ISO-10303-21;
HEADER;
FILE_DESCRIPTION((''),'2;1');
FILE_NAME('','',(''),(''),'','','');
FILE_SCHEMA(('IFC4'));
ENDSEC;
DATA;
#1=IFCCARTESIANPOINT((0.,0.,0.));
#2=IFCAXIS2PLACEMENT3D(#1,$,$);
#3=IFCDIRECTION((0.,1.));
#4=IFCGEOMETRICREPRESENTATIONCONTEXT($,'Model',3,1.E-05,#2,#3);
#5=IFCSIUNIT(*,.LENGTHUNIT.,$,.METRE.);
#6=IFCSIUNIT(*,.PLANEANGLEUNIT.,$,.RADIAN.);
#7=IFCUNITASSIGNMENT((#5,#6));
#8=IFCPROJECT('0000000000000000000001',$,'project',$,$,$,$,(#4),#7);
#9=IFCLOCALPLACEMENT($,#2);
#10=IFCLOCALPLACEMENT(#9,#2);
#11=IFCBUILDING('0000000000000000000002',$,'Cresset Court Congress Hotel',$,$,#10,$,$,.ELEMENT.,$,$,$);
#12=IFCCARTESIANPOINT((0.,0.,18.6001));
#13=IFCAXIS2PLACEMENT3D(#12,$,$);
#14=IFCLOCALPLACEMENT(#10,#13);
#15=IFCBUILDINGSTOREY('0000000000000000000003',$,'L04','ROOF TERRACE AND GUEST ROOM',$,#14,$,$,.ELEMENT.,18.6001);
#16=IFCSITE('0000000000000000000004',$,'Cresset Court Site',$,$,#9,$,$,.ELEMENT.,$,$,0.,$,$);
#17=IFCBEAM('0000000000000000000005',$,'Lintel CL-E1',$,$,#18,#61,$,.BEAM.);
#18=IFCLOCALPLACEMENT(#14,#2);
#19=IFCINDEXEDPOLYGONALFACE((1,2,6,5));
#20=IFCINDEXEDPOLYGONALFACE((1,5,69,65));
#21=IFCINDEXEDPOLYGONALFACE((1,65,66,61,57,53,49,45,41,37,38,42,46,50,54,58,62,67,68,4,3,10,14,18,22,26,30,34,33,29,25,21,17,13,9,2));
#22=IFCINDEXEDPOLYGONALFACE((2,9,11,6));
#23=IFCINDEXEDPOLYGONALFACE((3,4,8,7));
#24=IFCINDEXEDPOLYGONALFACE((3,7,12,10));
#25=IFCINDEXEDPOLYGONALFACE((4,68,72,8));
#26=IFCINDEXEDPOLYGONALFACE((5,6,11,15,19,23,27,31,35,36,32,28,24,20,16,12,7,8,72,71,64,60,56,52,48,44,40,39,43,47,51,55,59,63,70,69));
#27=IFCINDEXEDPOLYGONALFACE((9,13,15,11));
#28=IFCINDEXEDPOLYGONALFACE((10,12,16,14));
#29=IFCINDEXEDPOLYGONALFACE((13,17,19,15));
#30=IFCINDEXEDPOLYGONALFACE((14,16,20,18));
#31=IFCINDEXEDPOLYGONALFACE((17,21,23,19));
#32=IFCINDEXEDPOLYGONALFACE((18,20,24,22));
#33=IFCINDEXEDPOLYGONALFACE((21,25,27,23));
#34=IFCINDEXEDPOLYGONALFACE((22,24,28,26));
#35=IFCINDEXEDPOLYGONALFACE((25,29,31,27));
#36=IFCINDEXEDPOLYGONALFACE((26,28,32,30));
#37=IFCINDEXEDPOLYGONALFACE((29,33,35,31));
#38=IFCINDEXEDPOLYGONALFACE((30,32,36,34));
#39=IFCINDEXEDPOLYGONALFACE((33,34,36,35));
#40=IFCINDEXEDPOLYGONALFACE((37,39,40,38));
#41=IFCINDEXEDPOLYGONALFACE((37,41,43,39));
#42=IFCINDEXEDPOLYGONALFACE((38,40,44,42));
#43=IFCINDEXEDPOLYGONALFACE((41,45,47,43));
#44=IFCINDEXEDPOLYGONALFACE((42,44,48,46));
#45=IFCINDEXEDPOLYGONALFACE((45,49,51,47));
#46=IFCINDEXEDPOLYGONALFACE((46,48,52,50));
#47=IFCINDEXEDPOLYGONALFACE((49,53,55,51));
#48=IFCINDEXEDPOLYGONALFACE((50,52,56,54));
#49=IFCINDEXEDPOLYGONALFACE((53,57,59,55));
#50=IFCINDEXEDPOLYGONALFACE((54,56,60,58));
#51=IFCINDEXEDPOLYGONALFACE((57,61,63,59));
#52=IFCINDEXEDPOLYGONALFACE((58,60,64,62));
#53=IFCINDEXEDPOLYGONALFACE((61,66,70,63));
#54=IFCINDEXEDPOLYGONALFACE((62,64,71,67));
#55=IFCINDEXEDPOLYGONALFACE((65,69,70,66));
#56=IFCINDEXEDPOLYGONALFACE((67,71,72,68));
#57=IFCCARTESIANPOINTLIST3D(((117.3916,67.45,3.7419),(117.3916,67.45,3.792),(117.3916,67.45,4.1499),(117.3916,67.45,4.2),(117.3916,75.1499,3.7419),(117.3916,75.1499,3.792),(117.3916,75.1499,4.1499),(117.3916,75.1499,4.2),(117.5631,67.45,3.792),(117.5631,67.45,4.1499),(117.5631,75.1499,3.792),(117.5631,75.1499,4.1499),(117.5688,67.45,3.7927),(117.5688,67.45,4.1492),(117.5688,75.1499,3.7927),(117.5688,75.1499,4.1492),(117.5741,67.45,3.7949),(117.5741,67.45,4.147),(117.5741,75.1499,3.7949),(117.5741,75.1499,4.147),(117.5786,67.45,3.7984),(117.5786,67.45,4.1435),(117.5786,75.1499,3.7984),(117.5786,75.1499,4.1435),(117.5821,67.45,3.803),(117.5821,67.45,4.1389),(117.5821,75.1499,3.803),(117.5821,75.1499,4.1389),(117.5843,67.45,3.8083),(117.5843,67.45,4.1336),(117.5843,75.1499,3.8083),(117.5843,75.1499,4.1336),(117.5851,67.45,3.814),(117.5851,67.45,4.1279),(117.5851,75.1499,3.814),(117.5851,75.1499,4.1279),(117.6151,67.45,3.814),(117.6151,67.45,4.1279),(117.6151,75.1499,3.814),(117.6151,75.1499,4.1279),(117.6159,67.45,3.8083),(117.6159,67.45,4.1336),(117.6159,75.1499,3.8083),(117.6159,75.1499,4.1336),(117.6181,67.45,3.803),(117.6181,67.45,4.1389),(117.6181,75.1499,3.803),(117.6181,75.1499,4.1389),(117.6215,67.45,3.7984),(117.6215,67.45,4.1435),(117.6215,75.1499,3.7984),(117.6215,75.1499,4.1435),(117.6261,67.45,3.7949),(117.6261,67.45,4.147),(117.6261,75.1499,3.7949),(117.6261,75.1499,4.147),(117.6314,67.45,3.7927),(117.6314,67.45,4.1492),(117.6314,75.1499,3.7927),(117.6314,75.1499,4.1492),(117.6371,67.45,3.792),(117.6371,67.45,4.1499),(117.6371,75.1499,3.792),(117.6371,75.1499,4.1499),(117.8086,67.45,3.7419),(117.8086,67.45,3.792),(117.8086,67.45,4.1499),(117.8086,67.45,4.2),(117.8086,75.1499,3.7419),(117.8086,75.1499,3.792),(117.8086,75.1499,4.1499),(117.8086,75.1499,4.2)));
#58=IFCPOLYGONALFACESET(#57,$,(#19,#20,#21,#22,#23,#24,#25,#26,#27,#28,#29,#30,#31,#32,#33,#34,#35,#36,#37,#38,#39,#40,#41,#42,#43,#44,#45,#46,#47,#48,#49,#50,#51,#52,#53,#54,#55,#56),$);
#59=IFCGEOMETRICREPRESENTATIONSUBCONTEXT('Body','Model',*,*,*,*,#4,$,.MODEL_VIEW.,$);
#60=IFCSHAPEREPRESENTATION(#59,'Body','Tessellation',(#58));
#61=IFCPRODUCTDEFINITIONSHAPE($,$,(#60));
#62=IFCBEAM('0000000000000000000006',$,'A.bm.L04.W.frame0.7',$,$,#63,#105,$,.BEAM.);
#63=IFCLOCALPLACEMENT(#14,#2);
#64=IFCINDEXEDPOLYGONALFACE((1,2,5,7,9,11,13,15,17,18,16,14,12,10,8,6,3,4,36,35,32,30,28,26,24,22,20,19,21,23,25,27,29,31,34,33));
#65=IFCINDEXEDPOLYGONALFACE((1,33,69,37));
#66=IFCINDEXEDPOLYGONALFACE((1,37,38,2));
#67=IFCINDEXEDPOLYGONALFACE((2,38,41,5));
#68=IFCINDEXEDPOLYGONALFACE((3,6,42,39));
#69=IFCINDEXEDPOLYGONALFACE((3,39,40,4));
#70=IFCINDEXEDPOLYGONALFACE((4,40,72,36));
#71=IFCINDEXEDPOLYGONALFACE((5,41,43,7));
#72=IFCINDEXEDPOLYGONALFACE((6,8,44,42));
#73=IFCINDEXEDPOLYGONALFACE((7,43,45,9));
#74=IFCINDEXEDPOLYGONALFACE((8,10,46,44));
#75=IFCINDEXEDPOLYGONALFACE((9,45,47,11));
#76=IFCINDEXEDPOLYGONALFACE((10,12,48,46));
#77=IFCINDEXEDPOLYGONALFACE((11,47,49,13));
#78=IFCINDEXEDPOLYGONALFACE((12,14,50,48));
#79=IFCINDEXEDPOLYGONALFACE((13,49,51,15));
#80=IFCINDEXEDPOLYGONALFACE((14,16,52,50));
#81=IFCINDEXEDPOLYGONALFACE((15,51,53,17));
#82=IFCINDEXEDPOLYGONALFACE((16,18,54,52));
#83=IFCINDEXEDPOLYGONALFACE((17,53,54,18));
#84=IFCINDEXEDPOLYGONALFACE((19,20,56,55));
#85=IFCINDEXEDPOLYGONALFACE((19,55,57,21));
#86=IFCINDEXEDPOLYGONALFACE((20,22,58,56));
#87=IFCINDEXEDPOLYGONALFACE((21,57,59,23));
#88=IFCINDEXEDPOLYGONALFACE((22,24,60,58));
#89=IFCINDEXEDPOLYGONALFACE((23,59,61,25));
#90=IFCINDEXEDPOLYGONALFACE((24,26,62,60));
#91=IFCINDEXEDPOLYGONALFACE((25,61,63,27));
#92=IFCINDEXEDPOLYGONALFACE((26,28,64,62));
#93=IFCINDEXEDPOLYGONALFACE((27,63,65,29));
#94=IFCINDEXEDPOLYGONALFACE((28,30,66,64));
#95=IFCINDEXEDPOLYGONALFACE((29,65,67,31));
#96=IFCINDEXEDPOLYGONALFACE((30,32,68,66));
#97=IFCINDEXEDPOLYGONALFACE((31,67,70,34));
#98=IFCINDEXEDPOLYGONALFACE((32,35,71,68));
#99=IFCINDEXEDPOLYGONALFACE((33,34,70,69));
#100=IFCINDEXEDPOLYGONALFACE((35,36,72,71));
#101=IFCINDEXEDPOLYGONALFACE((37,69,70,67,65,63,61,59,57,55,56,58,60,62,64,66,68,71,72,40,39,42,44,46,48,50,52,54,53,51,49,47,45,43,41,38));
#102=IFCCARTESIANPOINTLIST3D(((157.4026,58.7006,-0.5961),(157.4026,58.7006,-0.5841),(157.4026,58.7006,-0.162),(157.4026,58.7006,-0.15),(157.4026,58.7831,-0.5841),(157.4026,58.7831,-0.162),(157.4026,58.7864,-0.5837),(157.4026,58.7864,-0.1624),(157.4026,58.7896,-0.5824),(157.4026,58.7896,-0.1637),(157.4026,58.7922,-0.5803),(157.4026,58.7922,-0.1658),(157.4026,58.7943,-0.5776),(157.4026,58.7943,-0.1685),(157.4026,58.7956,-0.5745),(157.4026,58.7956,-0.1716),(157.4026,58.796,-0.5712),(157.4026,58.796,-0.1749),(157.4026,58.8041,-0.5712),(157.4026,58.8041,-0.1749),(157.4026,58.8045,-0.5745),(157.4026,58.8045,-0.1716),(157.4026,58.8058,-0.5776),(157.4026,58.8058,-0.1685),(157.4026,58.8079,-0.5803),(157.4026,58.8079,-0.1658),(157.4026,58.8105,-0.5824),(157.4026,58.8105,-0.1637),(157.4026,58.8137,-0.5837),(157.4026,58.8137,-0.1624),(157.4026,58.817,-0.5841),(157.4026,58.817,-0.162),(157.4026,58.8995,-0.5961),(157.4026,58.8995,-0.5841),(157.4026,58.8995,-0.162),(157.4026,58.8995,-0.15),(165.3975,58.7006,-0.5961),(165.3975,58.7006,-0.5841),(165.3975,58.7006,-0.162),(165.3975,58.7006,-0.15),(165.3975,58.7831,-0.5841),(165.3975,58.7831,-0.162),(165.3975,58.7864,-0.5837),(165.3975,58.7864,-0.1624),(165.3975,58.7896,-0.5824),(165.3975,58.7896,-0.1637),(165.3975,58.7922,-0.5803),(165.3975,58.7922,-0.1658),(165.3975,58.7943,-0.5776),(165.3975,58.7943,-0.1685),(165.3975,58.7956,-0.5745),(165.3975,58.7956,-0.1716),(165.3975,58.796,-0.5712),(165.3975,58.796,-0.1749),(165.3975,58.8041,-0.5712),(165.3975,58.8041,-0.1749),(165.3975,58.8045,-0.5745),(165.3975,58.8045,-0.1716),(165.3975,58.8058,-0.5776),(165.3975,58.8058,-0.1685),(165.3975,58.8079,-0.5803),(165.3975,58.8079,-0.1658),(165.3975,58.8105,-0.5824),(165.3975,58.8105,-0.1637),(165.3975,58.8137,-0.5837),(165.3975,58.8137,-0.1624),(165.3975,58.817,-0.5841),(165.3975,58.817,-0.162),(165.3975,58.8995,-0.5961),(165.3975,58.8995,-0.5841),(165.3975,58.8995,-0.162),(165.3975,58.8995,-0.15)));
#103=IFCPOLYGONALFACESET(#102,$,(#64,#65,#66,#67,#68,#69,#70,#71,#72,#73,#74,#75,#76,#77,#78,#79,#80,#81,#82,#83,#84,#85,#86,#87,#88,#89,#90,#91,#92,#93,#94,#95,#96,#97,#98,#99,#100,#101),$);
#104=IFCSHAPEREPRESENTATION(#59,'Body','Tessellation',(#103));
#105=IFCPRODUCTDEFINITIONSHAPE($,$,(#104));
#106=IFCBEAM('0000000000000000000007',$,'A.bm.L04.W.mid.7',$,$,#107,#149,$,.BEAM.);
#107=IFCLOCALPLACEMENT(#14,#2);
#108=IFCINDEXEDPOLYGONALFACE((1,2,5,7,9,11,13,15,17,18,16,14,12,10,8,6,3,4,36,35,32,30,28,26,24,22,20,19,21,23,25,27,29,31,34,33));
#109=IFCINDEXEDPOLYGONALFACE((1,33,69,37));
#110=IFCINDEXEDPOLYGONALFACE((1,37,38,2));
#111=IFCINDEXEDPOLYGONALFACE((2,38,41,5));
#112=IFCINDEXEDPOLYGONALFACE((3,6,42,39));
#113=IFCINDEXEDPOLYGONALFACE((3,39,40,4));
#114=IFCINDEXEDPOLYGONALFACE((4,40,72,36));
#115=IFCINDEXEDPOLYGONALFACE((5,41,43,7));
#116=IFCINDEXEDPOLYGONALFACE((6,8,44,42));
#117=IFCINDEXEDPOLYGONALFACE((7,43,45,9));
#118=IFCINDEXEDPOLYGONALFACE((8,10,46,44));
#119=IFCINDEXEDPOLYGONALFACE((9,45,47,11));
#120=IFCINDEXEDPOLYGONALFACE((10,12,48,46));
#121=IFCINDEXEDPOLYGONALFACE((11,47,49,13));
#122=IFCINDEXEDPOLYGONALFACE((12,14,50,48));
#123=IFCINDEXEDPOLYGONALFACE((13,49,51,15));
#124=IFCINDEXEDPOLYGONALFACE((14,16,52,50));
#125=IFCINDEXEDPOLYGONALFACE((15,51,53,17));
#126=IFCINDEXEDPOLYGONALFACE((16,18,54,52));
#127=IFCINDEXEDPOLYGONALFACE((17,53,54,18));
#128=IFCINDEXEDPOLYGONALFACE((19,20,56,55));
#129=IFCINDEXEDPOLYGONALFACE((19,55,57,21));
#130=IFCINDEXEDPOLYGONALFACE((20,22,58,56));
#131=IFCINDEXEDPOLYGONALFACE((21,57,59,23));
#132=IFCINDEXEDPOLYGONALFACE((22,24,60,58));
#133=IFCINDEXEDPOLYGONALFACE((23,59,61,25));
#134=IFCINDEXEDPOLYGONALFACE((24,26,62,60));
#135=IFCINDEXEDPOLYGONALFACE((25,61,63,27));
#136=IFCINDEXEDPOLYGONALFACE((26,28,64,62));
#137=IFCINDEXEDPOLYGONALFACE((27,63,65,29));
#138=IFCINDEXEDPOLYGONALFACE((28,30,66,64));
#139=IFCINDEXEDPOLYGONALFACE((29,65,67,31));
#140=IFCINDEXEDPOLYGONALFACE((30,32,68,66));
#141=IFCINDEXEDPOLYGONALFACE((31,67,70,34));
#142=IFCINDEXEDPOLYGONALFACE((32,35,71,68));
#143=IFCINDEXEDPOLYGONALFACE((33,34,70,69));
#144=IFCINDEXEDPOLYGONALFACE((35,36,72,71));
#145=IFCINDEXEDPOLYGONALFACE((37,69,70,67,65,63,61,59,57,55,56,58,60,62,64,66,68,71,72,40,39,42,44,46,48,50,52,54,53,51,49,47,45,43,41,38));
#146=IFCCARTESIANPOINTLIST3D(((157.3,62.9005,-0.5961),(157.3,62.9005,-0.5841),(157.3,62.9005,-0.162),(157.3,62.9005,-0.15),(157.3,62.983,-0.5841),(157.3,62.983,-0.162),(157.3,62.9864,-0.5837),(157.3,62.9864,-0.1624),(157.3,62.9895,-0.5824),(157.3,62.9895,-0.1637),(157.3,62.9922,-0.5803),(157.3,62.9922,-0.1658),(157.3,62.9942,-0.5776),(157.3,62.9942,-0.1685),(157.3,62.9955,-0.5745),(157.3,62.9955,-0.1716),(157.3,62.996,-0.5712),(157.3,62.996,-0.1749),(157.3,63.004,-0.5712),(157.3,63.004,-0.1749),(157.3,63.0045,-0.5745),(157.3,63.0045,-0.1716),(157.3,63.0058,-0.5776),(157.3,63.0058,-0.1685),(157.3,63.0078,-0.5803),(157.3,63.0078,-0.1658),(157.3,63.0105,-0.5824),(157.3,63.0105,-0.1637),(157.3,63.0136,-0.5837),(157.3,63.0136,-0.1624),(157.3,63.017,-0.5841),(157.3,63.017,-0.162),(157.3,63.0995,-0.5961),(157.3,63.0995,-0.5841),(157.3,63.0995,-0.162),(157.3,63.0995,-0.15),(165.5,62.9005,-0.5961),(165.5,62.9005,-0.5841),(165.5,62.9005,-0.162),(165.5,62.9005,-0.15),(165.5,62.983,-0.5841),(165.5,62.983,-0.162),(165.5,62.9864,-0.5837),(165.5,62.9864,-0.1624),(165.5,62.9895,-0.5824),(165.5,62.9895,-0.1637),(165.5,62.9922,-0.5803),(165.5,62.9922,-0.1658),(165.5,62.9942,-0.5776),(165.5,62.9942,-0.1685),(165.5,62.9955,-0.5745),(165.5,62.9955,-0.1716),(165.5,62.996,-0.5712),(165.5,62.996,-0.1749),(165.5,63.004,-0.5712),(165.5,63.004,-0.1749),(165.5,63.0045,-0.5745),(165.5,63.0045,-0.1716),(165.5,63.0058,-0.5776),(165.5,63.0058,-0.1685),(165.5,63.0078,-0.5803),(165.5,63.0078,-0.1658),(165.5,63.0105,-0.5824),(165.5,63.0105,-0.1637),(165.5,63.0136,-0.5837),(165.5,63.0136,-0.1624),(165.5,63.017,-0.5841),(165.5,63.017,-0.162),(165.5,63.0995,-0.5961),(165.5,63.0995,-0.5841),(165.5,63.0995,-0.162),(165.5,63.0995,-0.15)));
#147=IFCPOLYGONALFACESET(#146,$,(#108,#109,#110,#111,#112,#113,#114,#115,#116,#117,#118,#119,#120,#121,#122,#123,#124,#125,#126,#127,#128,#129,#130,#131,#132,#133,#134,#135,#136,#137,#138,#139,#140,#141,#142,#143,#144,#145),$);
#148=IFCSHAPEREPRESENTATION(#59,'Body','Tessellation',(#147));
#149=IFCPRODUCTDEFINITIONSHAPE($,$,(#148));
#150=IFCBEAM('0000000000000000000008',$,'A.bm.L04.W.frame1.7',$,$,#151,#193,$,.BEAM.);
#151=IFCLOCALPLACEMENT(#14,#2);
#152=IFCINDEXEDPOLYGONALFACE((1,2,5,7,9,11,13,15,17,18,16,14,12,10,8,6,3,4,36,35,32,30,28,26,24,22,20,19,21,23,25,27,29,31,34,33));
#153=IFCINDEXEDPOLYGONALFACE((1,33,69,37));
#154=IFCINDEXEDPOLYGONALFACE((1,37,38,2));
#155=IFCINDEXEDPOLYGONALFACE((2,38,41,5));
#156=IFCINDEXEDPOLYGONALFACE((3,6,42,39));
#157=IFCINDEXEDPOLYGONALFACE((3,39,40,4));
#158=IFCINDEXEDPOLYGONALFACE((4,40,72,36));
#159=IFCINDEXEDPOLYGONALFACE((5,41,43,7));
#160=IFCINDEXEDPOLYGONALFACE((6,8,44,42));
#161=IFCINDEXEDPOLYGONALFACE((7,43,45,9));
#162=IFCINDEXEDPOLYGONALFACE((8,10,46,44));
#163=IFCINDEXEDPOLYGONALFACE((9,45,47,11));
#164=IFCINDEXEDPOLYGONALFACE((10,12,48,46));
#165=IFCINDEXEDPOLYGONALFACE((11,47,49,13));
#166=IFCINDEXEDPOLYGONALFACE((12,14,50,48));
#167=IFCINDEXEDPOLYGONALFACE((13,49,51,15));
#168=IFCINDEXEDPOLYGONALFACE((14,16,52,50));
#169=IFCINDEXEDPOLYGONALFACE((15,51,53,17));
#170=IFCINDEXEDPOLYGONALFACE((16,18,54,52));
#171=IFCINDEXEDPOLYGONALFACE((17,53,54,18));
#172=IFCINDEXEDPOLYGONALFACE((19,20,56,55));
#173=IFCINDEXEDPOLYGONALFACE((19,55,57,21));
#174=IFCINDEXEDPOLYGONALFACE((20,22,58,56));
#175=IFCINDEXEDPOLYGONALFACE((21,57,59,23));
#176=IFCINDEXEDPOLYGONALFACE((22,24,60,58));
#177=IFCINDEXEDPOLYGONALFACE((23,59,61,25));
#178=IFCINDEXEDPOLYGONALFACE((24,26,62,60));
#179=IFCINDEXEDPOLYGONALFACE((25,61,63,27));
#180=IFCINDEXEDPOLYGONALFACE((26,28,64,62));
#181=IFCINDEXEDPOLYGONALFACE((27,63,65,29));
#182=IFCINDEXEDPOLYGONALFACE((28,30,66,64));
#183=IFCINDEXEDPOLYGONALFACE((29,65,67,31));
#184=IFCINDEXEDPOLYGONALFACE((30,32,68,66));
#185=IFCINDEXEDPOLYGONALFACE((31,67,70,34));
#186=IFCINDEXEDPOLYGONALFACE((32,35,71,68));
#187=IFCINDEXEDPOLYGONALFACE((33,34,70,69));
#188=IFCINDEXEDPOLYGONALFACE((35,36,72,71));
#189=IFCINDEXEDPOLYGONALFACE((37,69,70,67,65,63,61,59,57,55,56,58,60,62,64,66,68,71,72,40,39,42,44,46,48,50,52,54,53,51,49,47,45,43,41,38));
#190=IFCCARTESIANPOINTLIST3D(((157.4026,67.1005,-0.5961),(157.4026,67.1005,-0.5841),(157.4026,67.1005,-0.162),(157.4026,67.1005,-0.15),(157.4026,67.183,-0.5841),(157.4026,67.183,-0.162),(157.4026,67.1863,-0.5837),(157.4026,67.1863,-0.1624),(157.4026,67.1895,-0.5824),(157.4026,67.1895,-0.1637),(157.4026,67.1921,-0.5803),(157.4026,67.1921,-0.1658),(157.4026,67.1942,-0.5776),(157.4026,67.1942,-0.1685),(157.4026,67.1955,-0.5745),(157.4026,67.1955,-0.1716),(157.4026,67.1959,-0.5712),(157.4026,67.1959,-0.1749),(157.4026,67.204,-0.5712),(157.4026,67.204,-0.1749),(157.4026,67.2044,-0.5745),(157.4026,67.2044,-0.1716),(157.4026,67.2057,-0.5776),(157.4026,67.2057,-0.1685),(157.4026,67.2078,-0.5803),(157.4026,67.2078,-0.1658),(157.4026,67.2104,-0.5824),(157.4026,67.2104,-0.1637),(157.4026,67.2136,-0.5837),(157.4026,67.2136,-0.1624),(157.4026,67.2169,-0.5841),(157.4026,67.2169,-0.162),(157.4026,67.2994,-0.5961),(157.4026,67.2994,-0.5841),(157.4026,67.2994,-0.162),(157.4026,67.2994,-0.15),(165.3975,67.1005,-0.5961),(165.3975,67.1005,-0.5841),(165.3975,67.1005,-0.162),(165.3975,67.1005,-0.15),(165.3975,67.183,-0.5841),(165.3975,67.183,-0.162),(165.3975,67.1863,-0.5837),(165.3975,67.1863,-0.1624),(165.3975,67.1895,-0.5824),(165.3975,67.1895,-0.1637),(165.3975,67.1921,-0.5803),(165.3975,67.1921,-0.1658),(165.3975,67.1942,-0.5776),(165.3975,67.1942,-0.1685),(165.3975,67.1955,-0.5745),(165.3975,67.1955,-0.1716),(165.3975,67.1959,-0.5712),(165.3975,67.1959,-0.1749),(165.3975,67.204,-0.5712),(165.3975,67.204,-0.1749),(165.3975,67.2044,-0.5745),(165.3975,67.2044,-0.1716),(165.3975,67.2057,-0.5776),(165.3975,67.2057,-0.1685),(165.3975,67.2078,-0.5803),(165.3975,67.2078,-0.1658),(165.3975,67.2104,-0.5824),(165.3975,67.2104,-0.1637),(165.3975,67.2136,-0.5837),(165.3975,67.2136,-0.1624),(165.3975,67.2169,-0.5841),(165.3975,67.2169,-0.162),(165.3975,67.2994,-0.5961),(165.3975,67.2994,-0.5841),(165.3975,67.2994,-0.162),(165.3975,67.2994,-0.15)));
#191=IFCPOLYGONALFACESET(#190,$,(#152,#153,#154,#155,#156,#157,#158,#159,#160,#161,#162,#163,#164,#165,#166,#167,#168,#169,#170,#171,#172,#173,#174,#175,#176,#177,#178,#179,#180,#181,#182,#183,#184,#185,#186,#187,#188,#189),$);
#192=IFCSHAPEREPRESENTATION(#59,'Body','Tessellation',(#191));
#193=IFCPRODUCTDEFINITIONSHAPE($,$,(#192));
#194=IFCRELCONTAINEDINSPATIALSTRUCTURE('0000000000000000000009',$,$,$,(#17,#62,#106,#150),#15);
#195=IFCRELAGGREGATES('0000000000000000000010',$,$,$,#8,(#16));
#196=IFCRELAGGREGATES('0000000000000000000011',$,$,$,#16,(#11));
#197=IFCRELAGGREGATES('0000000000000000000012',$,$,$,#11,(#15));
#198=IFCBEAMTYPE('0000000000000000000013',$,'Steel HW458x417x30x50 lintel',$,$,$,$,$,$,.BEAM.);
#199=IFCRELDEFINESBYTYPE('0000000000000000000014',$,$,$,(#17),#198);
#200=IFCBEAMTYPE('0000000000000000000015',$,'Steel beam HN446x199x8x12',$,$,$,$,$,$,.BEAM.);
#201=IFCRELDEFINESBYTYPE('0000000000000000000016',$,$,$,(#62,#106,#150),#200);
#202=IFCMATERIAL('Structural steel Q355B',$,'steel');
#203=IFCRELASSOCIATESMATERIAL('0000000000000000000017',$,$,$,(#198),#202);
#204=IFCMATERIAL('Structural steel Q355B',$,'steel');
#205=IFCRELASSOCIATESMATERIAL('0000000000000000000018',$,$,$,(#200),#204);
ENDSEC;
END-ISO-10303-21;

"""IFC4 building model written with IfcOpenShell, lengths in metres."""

from ifc_helpers import new_model, si_unit, direction, frame, origin, origin_2d, place, context, subcontext, project, spatial, i_section, extrude, material, material_profile, profile_set, type_object, element, save


model = new_model("IFC4")

# Units and contexts
model_context = context("Model", 3, precision=1e-05, world=origin(), true_north=direction((0.0, 1.0)))
body_context = subcontext(model_context, "Body", "Model", "MODEL_VIEW")
ifc_project = project(units=[si_unit("LENGTHUNIT", "METRE"), si_unit("PLANEANGLEUNIT", "RADIAN")], contexts=[model_context])

# Site, building, storey
site_placement = place(None, origin())
site = spatial("IfcSite", under=ifc_project, at=site_placement, Name="Cresset Court Site", CompositionType="ELEMENT", RefElevation=0.0)
building_placement = place(site_placement, origin())
building = spatial("IfcBuilding", under=site, at=building_placement, Name="Cresset Court Congress Hotel", CompositionType="ELEMENT")
storey_placement = place(building_placement, frame((0.0, 0.0, 18.6001)))
storey = spatial("IfcBuildingStorey", under=building, at=storey_placement, Name="L04", Description="ROOF TERRACE AND GUEST ROOM", CompositionType="ELEMENT", Elevation=18.6001)

# Beams
ifc_material_1 = material(Name="Structural steel Q355B", Category="steel")
ifc_material_profile_1 = material_profile(ifc_material_1, i_section(OverallWidth=0.417, OverallDepth=0.458, WebThickness=0.03, FlangeThickness=0.05, FilletRadius=0.022, at=origin_2d()), Name="HW458x417x30x50")
ifc_profile_set_1 = profile_set([ifc_material_profile_1], Name="Structural steel Q355B")
beam_type_1 = type_object("IfcBeamType", Name="Steel HW458x417x30x50 lintel", PredefinedType="BEAM", material=ifc_profile_set_1)
beam_1_placement = place(storey_placement, frame((117.6001, 67.45, 3.9709), z_axis=(0.0, 1.0, 0.0), x_axis=(-1.0, 0.0, 0.0)))
element("IfcBeam", 1, at=beam_1_placement, inside=storey, type_object=beam_type_1, Name="Lintel CL-E1", PredefinedType="BEAM", context=body_context, shape_type="SweptSolid", body=[
    extrude(i_section(OverallWidth=0.417, OverallDepth=0.458, WebThickness=0.03, FlangeThickness=0.05, FilletRadius=0.022, at=origin_2d()), origin(), (0.0, 0.0, 1.0), 7.7),
])
ifc_material_2 = material(Name="Structural steel Q355B", Category="steel")
ifc_material_profile_2 = material_profile(ifc_material_2, i_section(OverallWidth=0.199, OverallDepth=0.446, WebThickness=0.0081, FlangeThickness=0.012, FilletRadius=0.0129, at=origin_2d()), Name="HN446x199x8x12")
ifc_profile_set_2 = profile_set([ifc_material_profile_2], Name="Structural steel Q355B")
beam_type_2 = type_object("IfcBeamType", Name="Steel beam HN446x199x8x12", PredefinedType="BEAM", material=ifc_profile_set_2)
beam_2_placement = place(storey_placement, frame((157.4026, 58.8, -0.373), z_axis=(1.0, 0.0, 0.0), x_axis=(0.0, 1.0, 0.0)))
element("IfcBeam", 2, at=beam_2_placement, inside=storey, type_object=beam_type_2, Name="A.bm.L04.W.frame0.7", PredefinedType="BEAM", context=body_context, shape_type="SweptSolid", body=[
    extrude(i_section(OverallWidth=0.199, OverallDepth=0.446, WebThickness=0.0081, FlangeThickness=0.012, FilletRadius=0.0129, at=origin_2d()), origin(), (0.0, 0.0, 1.0), 7.9949),
])
beam_3_placement = place(storey_placement, frame((157.3, 63.0, -0.373), z_axis=(1.0, 0.0, 0.0), x_axis=(0.0, 1.0, 0.0)))
element("IfcBeam", 3, at=beam_3_placement, inside=storey, type_object=beam_type_2, Name="A.bm.L04.W.mid.7", PredefinedType="BEAM", context=body_context, shape_type="SweptSolid", body=[
    extrude(i_section(OverallWidth=0.199, OverallDepth=0.446, WebThickness=0.0081, FlangeThickness=0.012, FilletRadius=0.0129, at=origin_2d()), origin(), (0.0, 0.0, 1.0), 8.2),
])
beam_4_placement = place(storey_placement, frame((157.4026, 67.2, -0.373), z_axis=(1.0, 0.0, 0.0), x_axis=(0.0, 1.0, 0.0)))
element("IfcBeam", 4, at=beam_4_placement, inside=storey, type_object=beam_type_2, Name="A.bm.L04.W.frame1.7", PredefinedType="BEAM", context=body_context, shape_type="SweptSolid", body=[
    extrude(i_section(OverallWidth=0.199, OverallDepth=0.446, WebThickness=0.0081, FlangeThickness=0.012, FilletRadius=0.0129, at=origin_2d()), origin(), (0.0, 0.0, 1.0), 7.9949),
])

save(model, "model.ifc")
